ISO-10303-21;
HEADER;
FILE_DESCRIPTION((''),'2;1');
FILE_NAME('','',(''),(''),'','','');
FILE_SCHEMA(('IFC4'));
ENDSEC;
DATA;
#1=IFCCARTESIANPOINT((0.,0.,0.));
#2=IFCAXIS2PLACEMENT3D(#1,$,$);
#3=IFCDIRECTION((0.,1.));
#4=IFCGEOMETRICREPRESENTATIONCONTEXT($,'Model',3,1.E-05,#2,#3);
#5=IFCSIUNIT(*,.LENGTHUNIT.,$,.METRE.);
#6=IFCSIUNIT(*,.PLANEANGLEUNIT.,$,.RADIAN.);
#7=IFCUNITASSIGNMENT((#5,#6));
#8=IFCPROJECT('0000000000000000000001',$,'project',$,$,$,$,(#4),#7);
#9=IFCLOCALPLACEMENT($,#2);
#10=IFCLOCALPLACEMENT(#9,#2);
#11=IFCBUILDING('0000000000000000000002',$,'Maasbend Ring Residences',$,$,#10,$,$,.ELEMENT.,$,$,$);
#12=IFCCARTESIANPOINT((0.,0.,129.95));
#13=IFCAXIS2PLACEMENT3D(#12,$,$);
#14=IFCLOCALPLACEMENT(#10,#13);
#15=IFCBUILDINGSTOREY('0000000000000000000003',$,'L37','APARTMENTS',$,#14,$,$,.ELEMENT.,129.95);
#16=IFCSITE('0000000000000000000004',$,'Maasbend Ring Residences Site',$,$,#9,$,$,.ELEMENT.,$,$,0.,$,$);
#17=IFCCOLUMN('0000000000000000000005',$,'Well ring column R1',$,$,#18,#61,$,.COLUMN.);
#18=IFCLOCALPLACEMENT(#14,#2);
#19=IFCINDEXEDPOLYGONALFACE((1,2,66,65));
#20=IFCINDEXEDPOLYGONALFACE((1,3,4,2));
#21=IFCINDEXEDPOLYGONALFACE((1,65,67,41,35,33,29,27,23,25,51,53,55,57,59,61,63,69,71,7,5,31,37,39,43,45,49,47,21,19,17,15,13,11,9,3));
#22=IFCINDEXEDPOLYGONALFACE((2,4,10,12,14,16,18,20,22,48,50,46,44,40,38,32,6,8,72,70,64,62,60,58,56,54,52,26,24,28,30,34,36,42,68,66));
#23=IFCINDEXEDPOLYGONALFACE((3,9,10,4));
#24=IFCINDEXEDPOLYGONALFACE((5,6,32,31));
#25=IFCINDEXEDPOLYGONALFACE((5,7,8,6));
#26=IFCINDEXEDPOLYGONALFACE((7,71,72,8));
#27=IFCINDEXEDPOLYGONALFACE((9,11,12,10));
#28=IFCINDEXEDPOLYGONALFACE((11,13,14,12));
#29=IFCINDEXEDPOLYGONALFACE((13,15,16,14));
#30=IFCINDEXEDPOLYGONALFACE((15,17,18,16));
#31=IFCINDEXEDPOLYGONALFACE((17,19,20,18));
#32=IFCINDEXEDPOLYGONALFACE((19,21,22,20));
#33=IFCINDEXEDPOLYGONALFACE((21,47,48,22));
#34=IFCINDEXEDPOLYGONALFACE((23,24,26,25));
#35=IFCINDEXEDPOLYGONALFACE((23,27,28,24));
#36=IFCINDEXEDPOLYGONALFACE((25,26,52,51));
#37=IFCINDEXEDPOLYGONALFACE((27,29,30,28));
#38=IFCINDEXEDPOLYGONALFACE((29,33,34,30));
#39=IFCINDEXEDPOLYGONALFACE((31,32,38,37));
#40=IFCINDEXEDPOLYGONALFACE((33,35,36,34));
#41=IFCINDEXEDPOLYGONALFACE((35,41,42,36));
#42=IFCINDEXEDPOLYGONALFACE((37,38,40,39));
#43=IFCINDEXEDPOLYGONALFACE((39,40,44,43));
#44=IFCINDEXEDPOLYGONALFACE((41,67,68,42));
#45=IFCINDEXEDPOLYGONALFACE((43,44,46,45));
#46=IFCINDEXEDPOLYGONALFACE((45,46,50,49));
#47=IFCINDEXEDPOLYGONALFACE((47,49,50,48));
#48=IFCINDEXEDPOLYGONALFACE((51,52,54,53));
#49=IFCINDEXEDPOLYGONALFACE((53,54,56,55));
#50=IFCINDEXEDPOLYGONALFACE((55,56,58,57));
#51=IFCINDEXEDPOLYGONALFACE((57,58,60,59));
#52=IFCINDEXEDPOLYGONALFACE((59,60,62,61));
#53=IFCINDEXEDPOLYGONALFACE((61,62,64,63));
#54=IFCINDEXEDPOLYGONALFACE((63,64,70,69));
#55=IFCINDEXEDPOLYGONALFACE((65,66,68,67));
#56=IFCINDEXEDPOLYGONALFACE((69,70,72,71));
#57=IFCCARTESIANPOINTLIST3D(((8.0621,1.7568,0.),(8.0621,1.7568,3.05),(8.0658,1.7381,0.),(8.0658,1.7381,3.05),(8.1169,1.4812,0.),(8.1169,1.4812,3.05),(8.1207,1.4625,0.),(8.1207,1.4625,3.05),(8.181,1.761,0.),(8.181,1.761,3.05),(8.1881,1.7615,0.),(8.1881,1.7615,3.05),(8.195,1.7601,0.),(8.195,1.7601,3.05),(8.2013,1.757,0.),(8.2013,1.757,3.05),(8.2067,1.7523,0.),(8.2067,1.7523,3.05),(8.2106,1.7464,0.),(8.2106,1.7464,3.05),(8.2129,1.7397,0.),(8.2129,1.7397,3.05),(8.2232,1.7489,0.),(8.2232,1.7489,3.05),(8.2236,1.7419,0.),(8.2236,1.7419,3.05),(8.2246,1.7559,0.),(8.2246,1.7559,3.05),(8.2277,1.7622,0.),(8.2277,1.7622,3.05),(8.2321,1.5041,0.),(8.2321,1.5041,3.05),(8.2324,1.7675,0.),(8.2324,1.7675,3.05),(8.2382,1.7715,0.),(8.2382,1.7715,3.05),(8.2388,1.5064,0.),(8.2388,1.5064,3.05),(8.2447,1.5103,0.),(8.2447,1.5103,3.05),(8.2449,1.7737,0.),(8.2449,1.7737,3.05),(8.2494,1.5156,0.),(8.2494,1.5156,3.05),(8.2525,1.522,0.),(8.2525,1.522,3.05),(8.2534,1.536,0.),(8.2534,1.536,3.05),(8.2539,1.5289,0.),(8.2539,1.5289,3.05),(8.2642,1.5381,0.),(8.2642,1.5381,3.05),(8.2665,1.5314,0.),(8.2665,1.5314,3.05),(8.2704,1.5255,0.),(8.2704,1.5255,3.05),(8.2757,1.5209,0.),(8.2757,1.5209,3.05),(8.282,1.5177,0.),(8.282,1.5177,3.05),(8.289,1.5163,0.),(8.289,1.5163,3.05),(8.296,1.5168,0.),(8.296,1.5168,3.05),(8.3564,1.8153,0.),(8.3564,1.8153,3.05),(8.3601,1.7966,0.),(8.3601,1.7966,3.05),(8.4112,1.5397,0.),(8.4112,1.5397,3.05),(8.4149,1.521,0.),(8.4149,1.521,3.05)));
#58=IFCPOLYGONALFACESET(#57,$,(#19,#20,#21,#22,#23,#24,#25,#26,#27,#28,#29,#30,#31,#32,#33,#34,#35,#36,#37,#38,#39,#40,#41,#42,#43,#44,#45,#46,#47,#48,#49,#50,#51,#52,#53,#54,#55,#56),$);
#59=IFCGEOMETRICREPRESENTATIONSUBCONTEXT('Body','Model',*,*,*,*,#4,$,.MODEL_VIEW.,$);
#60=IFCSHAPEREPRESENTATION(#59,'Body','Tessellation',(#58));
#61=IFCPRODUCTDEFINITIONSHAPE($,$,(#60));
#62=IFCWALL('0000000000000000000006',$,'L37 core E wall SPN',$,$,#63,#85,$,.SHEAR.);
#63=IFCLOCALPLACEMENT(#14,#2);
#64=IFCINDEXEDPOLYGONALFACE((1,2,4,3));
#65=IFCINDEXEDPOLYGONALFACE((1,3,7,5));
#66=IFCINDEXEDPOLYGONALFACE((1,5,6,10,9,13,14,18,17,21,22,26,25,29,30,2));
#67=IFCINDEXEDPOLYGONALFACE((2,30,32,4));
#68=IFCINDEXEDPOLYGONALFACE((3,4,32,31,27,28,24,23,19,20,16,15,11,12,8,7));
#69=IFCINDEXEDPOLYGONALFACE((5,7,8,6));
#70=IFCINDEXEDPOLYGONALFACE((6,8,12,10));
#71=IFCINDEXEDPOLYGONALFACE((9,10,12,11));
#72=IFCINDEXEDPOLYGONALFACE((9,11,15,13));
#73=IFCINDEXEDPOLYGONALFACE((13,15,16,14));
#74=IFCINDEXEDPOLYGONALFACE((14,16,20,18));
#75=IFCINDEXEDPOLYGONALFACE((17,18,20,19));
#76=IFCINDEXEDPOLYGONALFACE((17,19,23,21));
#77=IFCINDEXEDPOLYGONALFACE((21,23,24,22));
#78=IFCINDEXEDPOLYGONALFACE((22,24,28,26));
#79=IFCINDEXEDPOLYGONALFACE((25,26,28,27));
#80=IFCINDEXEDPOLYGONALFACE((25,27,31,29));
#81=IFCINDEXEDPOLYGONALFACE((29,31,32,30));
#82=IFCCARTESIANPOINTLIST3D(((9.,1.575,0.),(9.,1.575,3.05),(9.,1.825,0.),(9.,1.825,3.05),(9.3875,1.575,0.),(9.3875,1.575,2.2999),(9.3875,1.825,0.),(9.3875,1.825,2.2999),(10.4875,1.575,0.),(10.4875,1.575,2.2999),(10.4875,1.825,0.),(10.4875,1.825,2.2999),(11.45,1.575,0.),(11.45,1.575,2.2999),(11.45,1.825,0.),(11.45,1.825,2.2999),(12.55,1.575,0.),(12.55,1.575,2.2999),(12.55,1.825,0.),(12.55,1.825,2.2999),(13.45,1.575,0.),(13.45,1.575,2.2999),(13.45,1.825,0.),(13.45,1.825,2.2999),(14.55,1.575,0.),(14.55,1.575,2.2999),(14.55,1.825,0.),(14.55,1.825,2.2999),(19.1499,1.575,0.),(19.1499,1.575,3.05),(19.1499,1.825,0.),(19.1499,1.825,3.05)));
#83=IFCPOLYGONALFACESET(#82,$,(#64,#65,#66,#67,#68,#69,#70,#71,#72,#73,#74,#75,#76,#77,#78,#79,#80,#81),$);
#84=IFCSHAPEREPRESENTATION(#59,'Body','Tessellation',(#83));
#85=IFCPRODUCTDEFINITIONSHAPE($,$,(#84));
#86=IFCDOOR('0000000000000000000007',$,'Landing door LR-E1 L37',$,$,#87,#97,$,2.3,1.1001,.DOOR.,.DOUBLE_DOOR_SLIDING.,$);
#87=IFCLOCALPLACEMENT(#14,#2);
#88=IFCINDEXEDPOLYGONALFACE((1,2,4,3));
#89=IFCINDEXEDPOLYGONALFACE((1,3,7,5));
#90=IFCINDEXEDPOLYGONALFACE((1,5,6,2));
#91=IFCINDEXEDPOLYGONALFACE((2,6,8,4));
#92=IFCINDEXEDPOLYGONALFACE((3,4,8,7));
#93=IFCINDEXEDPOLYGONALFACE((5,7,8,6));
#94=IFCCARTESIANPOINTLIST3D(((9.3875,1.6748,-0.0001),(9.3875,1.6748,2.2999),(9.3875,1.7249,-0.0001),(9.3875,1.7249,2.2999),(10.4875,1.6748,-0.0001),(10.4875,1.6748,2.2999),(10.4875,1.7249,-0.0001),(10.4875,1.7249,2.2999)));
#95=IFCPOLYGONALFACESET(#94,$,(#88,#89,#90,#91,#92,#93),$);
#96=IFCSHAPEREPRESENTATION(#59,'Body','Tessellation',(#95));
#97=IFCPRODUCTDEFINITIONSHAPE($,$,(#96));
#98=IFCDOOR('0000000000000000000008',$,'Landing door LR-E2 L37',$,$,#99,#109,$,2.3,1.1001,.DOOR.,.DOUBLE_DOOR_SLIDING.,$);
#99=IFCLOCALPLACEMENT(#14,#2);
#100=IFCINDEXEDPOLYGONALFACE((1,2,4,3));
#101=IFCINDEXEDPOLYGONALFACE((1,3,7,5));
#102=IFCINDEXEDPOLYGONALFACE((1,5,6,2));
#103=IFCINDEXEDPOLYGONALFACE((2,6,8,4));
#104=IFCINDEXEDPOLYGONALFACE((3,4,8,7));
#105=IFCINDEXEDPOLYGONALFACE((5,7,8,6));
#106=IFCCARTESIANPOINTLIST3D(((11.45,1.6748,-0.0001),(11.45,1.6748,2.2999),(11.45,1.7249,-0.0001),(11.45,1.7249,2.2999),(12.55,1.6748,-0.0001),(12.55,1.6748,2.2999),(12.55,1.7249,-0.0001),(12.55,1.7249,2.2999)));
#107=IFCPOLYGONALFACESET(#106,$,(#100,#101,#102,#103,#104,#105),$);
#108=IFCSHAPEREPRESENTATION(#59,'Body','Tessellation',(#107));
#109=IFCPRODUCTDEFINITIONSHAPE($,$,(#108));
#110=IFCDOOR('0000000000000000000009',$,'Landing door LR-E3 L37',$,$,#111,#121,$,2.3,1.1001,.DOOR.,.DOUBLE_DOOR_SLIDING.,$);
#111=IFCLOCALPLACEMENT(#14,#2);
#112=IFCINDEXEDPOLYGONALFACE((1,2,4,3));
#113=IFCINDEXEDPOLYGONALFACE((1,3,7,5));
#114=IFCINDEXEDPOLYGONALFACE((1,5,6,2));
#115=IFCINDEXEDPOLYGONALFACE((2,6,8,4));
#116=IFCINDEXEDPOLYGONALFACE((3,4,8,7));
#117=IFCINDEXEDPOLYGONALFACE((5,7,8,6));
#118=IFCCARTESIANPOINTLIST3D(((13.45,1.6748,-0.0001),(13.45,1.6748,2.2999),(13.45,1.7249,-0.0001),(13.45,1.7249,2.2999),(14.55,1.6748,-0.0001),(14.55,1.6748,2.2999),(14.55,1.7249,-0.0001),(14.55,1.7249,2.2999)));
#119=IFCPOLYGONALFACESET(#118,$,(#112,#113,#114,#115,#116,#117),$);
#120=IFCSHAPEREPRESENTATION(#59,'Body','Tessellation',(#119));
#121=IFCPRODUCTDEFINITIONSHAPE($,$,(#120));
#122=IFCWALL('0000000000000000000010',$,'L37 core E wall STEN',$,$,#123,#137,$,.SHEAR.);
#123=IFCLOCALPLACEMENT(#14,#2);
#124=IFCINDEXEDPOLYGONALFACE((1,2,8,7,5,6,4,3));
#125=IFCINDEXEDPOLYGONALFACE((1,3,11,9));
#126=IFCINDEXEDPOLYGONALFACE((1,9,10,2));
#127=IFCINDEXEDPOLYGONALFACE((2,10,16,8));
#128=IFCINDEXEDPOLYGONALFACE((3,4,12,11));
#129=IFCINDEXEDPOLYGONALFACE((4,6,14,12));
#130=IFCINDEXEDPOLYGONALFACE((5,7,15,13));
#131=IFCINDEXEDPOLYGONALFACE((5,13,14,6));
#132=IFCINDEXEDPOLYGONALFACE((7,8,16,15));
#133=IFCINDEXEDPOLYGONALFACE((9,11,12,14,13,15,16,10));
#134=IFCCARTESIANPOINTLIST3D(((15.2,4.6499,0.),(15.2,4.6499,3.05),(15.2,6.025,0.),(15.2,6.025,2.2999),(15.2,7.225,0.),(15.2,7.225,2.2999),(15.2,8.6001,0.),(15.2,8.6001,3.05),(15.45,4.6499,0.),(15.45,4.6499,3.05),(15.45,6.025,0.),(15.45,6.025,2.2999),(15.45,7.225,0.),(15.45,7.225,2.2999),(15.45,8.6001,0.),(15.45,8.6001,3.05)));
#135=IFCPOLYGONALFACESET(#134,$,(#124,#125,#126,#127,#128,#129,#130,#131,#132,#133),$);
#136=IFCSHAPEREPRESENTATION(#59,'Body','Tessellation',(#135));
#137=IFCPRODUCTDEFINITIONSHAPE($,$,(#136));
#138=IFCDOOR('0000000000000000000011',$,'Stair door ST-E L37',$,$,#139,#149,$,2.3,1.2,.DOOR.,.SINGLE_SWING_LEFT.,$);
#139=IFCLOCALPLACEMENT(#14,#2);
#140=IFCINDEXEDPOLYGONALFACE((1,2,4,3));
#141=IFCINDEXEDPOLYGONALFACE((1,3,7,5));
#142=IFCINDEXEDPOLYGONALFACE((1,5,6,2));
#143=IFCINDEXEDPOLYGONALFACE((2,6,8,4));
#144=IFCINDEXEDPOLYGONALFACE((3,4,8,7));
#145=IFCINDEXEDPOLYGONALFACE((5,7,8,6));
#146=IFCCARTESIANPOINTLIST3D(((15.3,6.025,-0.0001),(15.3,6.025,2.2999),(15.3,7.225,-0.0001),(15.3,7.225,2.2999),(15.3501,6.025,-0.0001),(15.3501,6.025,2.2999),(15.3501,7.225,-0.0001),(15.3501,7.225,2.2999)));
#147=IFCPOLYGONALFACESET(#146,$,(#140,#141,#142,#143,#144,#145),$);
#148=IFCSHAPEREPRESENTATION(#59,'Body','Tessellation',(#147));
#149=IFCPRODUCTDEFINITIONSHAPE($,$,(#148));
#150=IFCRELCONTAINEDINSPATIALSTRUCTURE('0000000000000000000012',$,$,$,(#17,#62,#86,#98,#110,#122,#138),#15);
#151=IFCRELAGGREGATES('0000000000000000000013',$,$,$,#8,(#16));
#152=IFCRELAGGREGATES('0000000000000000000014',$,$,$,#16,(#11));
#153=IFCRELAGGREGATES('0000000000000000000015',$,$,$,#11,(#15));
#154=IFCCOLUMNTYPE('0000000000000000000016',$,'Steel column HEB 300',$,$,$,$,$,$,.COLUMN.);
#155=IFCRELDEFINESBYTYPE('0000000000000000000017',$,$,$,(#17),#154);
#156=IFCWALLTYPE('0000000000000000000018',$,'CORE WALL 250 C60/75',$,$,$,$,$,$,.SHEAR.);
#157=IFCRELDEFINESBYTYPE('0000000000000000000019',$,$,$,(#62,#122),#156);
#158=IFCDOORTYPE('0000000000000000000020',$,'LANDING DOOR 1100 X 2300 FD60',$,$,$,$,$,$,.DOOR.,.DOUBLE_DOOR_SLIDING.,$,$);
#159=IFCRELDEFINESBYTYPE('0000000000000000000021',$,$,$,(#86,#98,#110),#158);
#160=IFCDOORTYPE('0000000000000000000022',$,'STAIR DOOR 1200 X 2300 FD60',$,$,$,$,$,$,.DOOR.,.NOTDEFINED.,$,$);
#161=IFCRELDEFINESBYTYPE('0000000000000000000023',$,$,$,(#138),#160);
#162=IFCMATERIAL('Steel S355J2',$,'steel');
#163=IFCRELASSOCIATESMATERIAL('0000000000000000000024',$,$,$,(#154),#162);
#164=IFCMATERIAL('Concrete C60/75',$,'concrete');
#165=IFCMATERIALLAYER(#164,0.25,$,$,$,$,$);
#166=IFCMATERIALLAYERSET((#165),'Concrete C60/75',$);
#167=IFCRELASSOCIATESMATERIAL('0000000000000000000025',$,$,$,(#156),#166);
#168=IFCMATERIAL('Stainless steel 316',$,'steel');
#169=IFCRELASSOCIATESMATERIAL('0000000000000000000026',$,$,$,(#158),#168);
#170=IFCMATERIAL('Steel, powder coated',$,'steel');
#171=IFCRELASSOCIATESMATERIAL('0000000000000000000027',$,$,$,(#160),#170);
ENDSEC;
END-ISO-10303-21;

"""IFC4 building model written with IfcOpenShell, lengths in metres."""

from ifc_helpers import new_model, si_unit, direction, frame, frame_2d, origin, origin_2d, place, context, subcontext, project, spatial, rectangle, i_section, extrude, material, layer, layer_set, material_profile, profile_set, type_object, element, fill, save


model = new_model("IFC4")

# Units and contexts
model_context = context("Model", 3, precision=1e-05, world=origin(), true_north=direction((0.0, 1.0)))
body_context = subcontext(model_context, "Body", "Model", "MODEL_VIEW")
ifc_project = project(units=[si_unit("LENGTHUNIT", "METRE"), si_unit("PLANEANGLEUNIT", "RADIAN")], contexts=[model_context])

# Site, building, storey
site_placement = place(None, origin())
site = spatial("IfcSite", under=ifc_project, at=site_placement, Name="Maasbend Ring Residences Site", CompositionType="ELEMENT", RefElevation=0.0)
building_placement = place(site_placement, origin())
building = spatial("IfcBuilding", under=site, at=building_placement, Name="Maasbend Ring Residences", CompositionType="ELEMENT")
storey_placement = place(building_placement, frame((0.0, 0.0, 129.95)))
storey = spatial("IfcBuildingStorey", under=building, at=storey_placement, Name="L37", Description="APARTMENTS", CompositionType="ELEMENT", Elevation=129.95)

# Column
ifc_material_1 = material(Name="Steel S355J2", Category="steel")
ifc_material_profile = material_profile(ifc_material_1, i_section(OverallWidth=0.3, OverallDepth=0.3, WebThickness=0.011, FlangeThickness=0.019, FilletRadius=0.0271, at=origin_2d()), Name="HEB 300")
ifc_profile_set = profile_set([ifc_material_profile], Name="Steel S355J2")
column_type = type_object("IfcColumnType", Name="Steel column HEB 300", PredefinedType="COLUMN", material=ifc_profile_set)
column_placement = place(storey_placement, frame((8.2385, 1.6389, 0.0), z_axis=(0.0, 0.0, 1.0), x_axis=(0.980785, 0.19509, 0.0)))
element("IfcColumn", 1, at=column_placement, inside=storey, type_object=column_type, Name="Well ring column R1", PredefinedType="COLUMN", context=body_context, shape_type="SweptSolid", body=[
    extrude(i_section(OverallWidth=0.3, OverallDepth=0.3, WebThickness=0.011, FlangeThickness=0.019, FilletRadius=0.0271, at=origin_2d()), origin(), (0.0, 0.0, 1.0), 3.05),
])

# Wall, openings, doors
ifc_material_2 = material(Name="Concrete C60/75", Category="concrete")
ifc_layer_1 = layer(ifc_material_2, 0.25)
ifc_layer_set_1 = layer_set([ifc_layer_1], Name="Concrete C60/75")
wall_type_1 = type_object("IfcWallType", Name="CORE WALL 250 C60/75", PredefinedType="SHEAR", material=ifc_layer_set_1)
wall_1_placement = place(storey_placement, frame((9.0, 1.7, 0.0), z_axis=(0.0, 0.0, 1.0), x_axis=(1.0, 0.0, 0.0)))
wall_1 = element("IfcWall", 2, at=wall_1_placement, inside=storey, type_object=wall_type_1, Name="L37 core E wall SPN", PredefinedType="SHEAR", context=body_context, shape_type="SweptSolid", body=[
    extrude(rectangle(XDim=10.1499, YDim=0.25, at=frame_2d((5.075, 0.0))), origin(), (0.0, 0.0, 1.0), 3.05),
])
opening_1_placement = place(wall_1_placement, frame((0.3875, 0.0, 0.0)))
opening_1 = element("IfcOpeningElement", 3, at=opening_1_placement, cuts=wall_1, PredefinedType="OPENING", context=body_context, shape_type="SweptSolid", body=[
    extrude(rectangle(XDim=1.1001, YDim=2.3, at=frame_2d((0.55, 1.1499))), frame((0.0, 0.135, 0.0), z_axis=(0.0, -1.0, 0.0), x_axis=(1.0, 0.0, 0.0)), (0.0, 0.0, 1.0), 0.27),
])
opening_2_placement = place(wall_1_placement, frame((2.45, 0.0, 0.0)))
opening_2 = element("IfcOpeningElement", 4, at=opening_2_placement, cuts=wall_1, PredefinedType="OPENING", context=body_context, shape_type="SweptSolid", body=[
    extrude(rectangle(XDim=1.1001, YDim=2.3, at=frame_2d((0.55, 1.1499))), frame((0.0, 0.135, 0.0), z_axis=(0.0, -1.0, 0.0), x_axis=(1.0, 0.0, 0.0)), (0.0, 0.0, 1.0), 0.27),
])
opening_3_placement = place(wall_1_placement, frame((4.45, 0.0, 0.0)))
opening_3 = element("IfcOpeningElement", 5, at=opening_3_placement, cuts=wall_1, PredefinedType="OPENING", context=body_context, shape_type="SweptSolid", body=[
    extrude(rectangle(XDim=1.1001, YDim=2.3, at=frame_2d((0.55, 1.1499))), frame((0.0, 0.135, 0.0), z_axis=(0.0, -1.0, 0.0), x_axis=(1.0, 0.0, 0.0)), (0.0, 0.0, 1.0), 0.27),
])
ifc_material_3 = material(Name="Stainless steel 316", Category="steel")
door_type_1 = type_object("IfcDoorType", Name="LANDING DOOR 1100 X 2300 FD60", OperationType="DOUBLE_DOOR_SLIDING", PredefinedType="DOOR", material=ifc_material_3)
door_1_placement = place(opening_1_placement, origin())
door_1 = element("IfcDoor", 6, at=door_1_placement, inside=storey, type_object=door_type_1, Name="Landing door LR-E1 L37", OperationType="DOUBLE_DOOR_SLIDING", OverallHeight=2.3, OverallWidth=1.1001, PredefinedType="DOOR", context=body_context, shape_type="SweptSolid", body=[
    extrude(rectangle(XDim=1.1001, YDim=2.3, at=frame_2d((0.55, 1.1499))), frame((0.0, 0.0249, 0.0), z_axis=(0.0, -1.0, 0.0), x_axis=(1.0, 0.0, 0.0)), (0.0, 0.0, 1.0), 0.05),
])
fill(opening_1, door_1)
door_2_placement = place(opening_2_placement, origin())
door_2 = element("IfcDoor", 7, at=door_2_placement, inside=storey, type_object=door_type_1, Name="Landing door LR-E2 L37", OperationType="DOUBLE_DOOR_SLIDING", OverallHeight=2.3, OverallWidth=1.1001, PredefinedType="DOOR", context=body_context, shape_type="SweptSolid", body=[
    extrude(rectangle(XDim=1.1001, YDim=2.3, at=frame_2d((0.55, 1.1499))), frame((0.0, 0.0249, 0.0), z_axis=(0.0, -1.0, 0.0), x_axis=(1.0, 0.0, 0.0)), (0.0, 0.0, 1.0), 0.05),
])
fill(opening_2, door_2)
door_3_placement = place(opening_3_placement, origin())
door_3 = element("IfcDoor", 8, at=door_3_placement, inside=storey, type_object=door_type_1, Name="Landing door LR-E3 L37", OperationType="DOUBLE_DOOR_SLIDING", OverallHeight=2.3, OverallWidth=1.1001, PredefinedType="DOOR", context=body_context, shape_type="SweptSolid", body=[
    extrude(rectangle(XDim=1.1001, YDim=2.3, at=frame_2d((0.55, 1.1499))), frame((0.0, 0.0249, 0.0), z_axis=(0.0, -1.0, 0.0), x_axis=(1.0, 0.0, 0.0)), (0.0, 0.0, 1.0), 0.05),
])
fill(opening_3, door_3)

# Wall, opening, door
wall_2_placement = place(storey_placement, frame((15.325, 4.6499, 0.0), z_axis=(0.0, 0.0, 1.0), x_axis=(0.0, 1.0, 0.0)))
wall_2 = element("IfcWall", 9, at=wall_2_placement, inside=storey, type_object=wall_type_1, Name="L37 core E wall STEN", PredefinedType="SHEAR", context=body_context, shape_type="SweptSolid", body=[
    extrude(rectangle(XDim=3.9502, YDim=0.25, at=frame_2d((1.9751, 0.0))), origin(), (0.0, 0.0, 1.0), 3.05),
])
opening_4_placement = place(wall_2_placement, frame((1.375, 0.0, 0.0)))
opening_4 = element("IfcOpeningElement", 10, at=opening_4_placement, cuts=wall_2, PredefinedType="OPENING", context=body_context, shape_type="SweptSolid", body=[
    extrude(rectangle(XDim=1.2, YDim=2.3, at=frame_2d((0.6001, 1.1499))), frame((0.0, 0.135, 0.0), z_axis=(0.0, -1.0, 0.0), x_axis=(1.0, 0.0, 0.0)), (0.0, 0.0, 1.0), 0.27),
])
ifc_material_4 = material(Name="Steel, powder coated", Category="steel")
door_type_2 = type_object("IfcDoorType", Name="STAIR DOOR 1200 X 2300 FD60", OperationType="NOTDEFINED", PredefinedType="DOOR", material=ifc_material_4)
door_4_placement = place(opening_4_placement, origin())
door_4 = element("IfcDoor", 11, at=door_4_placement, inside=storey, type_object=door_type_2, Name="Stair door ST-E L37", OperationType="SINGLE_SWING_LEFT", OverallHeight=2.3, OverallWidth=1.2, PredefinedType="DOOR", context=body_context, shape_type="SweptSolid", body=[
    extrude(rectangle(XDim=1.2, YDim=2.3, at=frame_2d((0.6001, 1.1499))), frame((0.0, 0.0249, 0.0), z_axis=(0.0, -1.0, 0.0), x_axis=(1.0, 0.0, 0.0)), (0.0, 0.0, 1.0), 0.05),
])
fill(opening_4, door_4)

save(model, "model.ifc")
